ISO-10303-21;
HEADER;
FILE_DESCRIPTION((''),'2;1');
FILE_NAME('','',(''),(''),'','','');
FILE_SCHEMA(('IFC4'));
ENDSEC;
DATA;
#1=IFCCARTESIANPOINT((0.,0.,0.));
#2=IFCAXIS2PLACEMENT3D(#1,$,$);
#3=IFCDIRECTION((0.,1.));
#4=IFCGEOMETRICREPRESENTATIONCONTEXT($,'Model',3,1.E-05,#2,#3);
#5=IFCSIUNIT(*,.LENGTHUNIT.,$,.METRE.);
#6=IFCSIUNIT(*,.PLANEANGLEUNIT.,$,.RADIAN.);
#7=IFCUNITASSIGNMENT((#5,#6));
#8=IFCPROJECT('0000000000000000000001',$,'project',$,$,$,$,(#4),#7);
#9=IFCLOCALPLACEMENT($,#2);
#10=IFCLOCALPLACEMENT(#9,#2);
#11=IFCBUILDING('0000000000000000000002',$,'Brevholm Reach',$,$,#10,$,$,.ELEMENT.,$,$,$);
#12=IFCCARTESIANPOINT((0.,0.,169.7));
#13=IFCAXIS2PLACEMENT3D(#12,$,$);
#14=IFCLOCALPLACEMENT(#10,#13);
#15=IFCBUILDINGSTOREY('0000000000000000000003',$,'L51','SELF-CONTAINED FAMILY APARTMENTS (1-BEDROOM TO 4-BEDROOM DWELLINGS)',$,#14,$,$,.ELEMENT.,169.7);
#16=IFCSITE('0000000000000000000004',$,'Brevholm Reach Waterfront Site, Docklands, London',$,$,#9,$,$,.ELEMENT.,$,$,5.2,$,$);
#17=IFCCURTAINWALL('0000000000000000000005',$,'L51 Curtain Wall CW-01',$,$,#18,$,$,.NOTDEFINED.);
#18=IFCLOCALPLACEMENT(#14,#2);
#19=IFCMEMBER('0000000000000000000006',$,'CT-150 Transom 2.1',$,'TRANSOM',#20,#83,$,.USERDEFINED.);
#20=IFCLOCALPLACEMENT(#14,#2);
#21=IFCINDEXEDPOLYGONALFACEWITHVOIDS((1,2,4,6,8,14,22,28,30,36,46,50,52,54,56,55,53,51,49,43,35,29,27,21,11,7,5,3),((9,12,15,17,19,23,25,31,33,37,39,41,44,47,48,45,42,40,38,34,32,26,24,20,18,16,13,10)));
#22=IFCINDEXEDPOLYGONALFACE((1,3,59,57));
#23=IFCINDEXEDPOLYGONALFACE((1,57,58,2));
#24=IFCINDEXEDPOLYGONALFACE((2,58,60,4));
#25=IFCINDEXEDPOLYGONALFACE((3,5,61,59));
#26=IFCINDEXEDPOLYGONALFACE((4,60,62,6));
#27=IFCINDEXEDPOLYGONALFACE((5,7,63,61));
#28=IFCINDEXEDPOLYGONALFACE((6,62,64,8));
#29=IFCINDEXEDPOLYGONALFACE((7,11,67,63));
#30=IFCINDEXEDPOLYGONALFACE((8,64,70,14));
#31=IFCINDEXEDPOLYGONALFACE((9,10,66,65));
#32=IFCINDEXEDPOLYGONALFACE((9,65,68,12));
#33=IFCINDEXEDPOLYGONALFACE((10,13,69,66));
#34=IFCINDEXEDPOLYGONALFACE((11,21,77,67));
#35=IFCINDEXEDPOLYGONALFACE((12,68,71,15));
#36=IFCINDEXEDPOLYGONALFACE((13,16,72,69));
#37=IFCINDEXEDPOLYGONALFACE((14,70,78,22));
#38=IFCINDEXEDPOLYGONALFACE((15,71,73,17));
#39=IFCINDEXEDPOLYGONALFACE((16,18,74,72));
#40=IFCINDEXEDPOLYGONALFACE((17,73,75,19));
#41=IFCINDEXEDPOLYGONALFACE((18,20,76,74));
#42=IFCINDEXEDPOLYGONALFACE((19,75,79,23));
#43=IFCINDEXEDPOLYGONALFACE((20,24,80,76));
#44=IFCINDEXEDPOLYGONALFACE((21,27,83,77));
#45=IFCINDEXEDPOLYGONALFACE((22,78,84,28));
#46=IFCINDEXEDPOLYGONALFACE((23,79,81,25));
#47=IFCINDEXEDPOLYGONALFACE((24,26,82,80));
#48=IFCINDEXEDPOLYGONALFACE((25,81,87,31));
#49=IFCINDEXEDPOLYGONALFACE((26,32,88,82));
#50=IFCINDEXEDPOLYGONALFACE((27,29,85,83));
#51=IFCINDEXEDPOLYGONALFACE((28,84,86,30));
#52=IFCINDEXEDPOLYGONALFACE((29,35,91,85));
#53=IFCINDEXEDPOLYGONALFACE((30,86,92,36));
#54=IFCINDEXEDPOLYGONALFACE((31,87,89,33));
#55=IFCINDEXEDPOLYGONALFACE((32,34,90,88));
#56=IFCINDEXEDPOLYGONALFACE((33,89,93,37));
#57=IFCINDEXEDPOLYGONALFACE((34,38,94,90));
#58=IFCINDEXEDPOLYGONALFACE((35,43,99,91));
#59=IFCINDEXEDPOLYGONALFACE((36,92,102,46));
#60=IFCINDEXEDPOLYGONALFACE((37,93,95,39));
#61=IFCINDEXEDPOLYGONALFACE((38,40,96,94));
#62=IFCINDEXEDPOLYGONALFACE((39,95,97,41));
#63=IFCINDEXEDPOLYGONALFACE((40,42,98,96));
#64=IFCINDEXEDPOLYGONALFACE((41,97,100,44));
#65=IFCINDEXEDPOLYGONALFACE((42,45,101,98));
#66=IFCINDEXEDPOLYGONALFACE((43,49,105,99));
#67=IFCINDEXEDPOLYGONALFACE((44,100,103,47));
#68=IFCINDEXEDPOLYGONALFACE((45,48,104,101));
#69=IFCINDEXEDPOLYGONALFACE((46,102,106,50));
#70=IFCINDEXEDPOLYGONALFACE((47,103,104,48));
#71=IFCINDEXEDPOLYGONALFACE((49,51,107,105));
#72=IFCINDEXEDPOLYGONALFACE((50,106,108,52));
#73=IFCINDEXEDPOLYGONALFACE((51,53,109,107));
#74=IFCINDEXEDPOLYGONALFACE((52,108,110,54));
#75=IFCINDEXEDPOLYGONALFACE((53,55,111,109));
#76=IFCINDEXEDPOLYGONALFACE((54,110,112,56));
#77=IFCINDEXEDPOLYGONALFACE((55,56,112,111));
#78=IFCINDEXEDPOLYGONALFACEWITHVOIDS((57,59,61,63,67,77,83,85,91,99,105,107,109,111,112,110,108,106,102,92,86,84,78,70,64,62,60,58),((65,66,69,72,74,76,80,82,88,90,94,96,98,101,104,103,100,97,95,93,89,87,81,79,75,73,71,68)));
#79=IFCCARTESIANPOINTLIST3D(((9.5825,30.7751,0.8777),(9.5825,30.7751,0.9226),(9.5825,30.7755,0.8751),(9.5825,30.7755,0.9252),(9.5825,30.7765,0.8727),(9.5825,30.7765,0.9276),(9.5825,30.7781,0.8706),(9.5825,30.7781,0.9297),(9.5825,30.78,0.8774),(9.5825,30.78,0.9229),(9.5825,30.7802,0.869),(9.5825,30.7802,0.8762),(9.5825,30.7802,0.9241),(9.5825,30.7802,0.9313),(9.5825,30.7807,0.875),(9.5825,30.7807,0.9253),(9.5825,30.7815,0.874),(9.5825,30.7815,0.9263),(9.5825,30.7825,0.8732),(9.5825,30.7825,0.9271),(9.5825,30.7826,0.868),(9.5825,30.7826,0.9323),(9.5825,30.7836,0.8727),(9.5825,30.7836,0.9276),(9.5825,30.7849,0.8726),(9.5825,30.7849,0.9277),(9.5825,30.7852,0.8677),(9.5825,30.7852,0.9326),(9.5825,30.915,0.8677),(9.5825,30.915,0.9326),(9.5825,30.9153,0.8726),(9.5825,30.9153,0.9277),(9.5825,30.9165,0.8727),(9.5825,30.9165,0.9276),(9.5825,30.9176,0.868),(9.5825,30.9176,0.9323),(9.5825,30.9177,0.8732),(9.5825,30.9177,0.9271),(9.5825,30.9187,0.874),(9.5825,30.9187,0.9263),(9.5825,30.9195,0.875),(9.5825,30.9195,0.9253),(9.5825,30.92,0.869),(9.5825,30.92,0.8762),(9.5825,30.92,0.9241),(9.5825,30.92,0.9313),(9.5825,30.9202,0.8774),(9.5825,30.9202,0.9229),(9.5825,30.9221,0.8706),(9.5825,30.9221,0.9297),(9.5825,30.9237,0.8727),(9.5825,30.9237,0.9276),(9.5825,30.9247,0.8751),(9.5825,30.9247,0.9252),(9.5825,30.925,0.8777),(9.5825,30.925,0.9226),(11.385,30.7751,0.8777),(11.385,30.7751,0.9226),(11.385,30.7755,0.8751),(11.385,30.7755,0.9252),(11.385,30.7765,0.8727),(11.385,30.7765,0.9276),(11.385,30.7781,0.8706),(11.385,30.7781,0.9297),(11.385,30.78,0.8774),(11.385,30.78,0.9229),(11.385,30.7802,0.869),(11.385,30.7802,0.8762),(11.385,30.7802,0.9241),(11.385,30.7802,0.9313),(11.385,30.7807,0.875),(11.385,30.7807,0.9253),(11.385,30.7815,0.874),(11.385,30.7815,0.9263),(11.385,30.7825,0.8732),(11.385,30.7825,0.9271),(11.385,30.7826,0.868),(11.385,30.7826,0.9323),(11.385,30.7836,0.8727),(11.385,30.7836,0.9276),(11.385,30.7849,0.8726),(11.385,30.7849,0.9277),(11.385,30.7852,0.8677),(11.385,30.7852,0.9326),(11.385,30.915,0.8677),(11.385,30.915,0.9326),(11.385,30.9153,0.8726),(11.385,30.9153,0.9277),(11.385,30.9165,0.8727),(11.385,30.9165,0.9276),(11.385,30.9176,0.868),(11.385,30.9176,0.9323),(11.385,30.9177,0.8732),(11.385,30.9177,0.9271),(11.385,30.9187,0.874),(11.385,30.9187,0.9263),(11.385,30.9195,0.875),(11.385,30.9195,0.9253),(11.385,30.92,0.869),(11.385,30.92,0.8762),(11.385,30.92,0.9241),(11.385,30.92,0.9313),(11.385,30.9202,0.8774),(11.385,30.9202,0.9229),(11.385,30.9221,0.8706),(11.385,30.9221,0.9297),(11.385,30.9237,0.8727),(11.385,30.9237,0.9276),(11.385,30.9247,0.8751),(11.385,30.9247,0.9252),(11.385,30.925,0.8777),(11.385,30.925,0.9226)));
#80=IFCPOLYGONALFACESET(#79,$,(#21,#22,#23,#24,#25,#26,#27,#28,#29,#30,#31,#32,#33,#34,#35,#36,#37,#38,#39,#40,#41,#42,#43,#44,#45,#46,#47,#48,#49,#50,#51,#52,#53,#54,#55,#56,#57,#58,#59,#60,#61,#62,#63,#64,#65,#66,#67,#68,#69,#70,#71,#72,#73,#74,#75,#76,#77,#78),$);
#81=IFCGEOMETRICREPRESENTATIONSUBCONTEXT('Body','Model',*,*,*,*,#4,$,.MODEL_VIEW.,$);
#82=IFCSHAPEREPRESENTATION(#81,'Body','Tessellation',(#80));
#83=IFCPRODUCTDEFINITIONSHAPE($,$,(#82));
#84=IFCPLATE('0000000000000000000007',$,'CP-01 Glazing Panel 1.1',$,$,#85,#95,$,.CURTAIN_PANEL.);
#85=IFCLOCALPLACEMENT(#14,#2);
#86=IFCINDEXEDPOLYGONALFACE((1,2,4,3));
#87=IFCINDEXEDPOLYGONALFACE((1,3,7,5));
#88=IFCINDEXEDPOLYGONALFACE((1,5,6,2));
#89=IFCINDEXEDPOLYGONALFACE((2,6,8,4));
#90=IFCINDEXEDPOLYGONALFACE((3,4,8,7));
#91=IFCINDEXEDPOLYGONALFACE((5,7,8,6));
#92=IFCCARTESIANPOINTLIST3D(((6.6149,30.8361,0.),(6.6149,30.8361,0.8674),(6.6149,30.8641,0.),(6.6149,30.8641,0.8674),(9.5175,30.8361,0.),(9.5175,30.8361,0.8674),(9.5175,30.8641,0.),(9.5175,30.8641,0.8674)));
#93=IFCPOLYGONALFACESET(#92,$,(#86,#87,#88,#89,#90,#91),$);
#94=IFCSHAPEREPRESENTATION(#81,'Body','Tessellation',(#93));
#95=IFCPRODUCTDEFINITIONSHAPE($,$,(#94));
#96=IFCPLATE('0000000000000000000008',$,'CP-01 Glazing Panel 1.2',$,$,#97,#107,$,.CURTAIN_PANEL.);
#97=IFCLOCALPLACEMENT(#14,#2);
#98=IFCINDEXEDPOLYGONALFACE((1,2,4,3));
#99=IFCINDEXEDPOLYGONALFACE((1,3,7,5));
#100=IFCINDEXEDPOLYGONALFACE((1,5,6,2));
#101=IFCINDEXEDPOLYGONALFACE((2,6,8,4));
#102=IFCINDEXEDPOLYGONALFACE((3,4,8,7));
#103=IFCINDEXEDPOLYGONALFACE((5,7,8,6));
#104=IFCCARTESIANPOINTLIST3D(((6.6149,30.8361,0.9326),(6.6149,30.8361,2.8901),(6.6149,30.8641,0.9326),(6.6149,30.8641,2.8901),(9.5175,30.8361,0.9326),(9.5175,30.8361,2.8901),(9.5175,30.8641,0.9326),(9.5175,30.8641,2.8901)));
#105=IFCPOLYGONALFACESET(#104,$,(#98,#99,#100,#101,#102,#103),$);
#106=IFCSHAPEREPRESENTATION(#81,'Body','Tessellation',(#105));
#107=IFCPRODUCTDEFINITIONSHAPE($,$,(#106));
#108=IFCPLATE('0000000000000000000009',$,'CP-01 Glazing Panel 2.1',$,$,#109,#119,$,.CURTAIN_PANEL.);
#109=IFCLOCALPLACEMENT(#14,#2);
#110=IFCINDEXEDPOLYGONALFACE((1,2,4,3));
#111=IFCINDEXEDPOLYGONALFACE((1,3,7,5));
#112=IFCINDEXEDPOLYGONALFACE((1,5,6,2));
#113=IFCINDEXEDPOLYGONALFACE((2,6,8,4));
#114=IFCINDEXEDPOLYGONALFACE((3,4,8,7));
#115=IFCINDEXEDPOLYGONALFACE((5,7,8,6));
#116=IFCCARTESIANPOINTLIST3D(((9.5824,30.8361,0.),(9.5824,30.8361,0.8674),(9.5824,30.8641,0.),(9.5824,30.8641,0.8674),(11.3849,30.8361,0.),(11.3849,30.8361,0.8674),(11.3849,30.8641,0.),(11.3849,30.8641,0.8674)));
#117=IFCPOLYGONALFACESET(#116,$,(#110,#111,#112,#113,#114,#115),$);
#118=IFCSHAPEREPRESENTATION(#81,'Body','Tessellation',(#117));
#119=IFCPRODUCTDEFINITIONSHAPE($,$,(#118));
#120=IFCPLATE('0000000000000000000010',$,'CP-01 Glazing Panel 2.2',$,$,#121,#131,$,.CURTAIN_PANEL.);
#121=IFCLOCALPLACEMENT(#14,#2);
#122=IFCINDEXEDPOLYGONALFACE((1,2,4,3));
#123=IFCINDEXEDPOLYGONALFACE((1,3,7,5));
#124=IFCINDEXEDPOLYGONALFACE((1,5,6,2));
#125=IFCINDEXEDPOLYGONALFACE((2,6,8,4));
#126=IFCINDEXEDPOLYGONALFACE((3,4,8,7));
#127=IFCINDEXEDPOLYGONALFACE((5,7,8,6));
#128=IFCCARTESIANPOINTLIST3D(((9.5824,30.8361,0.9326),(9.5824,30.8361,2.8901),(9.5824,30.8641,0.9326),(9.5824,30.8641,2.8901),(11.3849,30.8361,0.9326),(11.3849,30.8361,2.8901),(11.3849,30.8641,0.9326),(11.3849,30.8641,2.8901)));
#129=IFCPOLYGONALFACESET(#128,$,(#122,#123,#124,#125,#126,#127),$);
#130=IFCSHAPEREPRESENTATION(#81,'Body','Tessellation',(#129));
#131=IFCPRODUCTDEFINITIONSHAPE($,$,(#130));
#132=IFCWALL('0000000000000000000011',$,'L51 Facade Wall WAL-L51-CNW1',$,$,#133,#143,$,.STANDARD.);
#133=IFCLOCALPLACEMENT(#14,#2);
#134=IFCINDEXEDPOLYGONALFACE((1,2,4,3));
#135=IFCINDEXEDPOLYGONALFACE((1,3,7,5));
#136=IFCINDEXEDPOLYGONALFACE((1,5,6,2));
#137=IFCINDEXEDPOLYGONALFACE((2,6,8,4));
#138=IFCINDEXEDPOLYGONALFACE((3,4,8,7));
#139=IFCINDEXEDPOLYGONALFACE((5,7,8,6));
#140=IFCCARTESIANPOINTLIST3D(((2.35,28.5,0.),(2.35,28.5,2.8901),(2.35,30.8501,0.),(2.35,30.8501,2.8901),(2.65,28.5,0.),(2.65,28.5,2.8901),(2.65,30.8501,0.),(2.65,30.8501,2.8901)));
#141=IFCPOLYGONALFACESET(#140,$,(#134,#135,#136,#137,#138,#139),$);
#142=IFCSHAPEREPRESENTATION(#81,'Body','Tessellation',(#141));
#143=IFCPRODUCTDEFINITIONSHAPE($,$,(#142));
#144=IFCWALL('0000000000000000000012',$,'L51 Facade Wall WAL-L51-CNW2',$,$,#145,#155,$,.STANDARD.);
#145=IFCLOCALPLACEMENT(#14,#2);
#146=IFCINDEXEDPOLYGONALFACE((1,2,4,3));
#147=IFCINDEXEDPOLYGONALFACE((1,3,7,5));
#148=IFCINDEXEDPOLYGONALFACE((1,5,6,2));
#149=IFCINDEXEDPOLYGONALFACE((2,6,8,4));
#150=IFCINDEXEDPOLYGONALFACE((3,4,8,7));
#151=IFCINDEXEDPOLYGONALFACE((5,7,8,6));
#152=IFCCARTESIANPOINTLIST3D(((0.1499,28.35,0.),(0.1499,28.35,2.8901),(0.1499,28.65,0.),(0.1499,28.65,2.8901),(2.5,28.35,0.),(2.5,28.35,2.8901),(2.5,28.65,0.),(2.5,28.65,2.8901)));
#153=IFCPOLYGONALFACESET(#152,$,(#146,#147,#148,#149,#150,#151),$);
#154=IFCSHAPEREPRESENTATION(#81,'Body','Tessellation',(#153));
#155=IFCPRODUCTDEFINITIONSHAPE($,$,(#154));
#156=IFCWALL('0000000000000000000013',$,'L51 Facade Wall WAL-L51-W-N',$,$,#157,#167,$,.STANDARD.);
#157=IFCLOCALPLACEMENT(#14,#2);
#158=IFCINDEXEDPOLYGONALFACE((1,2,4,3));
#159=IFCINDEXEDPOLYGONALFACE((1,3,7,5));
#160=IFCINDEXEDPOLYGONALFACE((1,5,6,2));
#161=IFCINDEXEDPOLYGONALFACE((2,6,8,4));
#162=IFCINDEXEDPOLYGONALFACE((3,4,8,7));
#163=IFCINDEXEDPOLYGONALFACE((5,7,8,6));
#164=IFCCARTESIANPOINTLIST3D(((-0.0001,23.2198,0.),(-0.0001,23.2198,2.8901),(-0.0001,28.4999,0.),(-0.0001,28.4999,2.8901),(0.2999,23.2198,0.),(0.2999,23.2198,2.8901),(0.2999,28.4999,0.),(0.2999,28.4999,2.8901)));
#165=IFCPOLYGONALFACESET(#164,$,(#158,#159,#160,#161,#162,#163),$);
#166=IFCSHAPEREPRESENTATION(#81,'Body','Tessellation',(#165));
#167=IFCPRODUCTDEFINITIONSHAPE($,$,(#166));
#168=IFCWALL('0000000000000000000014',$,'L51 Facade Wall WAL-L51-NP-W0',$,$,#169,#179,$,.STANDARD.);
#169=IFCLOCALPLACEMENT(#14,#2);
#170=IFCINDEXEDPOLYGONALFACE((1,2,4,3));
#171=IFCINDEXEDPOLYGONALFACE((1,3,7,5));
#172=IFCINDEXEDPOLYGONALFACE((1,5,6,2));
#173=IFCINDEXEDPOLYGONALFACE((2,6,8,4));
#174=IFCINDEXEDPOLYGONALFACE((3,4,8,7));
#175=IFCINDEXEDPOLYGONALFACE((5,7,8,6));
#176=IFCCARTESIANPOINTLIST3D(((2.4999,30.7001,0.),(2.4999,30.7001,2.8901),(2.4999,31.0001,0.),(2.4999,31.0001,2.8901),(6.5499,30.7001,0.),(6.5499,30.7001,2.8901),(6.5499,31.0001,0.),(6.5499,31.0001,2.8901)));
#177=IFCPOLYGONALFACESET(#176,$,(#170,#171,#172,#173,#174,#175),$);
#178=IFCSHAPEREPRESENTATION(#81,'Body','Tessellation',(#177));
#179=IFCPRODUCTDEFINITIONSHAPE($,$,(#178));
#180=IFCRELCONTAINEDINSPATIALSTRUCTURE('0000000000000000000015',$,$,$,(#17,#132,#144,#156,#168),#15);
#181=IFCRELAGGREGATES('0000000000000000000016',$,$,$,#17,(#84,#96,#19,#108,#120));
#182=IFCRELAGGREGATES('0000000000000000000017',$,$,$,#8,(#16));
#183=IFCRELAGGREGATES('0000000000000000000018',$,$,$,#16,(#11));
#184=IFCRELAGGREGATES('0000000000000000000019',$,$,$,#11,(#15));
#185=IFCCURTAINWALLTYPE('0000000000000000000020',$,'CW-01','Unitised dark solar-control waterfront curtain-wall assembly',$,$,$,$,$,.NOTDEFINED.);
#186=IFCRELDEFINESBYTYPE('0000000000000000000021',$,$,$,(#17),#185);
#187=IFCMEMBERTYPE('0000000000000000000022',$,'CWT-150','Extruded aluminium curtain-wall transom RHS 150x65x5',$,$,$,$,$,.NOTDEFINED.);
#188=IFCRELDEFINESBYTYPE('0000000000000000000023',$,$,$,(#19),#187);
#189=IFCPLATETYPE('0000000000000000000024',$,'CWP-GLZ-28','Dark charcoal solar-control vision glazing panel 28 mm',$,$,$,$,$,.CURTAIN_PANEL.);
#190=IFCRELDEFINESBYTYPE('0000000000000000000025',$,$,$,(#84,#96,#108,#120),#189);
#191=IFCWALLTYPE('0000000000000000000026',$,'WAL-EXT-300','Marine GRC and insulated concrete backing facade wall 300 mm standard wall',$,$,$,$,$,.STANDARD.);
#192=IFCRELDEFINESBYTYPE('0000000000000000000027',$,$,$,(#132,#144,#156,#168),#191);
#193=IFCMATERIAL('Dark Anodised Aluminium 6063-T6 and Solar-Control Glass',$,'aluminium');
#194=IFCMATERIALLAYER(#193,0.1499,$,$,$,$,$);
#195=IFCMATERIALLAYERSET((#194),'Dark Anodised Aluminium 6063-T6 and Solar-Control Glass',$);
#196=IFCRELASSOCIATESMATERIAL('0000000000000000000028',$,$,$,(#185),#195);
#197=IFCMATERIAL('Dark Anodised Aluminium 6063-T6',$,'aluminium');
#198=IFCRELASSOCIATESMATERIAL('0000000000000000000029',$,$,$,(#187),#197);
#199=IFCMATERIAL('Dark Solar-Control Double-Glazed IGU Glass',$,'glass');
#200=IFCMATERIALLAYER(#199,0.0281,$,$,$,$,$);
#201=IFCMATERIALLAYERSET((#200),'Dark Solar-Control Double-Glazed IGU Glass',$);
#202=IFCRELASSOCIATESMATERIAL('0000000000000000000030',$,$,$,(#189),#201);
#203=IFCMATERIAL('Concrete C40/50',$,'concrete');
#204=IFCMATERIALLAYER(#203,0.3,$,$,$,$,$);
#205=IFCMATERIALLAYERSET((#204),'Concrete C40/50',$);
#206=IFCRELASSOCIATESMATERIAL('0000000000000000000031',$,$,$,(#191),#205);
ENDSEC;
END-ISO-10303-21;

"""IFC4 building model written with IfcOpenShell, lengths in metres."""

from ifc_helpers import new_model, si_unit, direction, frame, frame_2d, origin, origin_2d, place, context, subcontext, project, spatial, rectangle, hollow_rectangle, extrude, material, layer, layer_set, material_profile, profile_set, type_object, element, aggregate, save


model = new_model("IFC4")

# Units and contexts
model_context = context("Model", 3, precision=1e-05, world=origin(), true_north=direction((0.0, 1.0)))
body_context = subcontext(model_context, "Body", "Model", "MODEL_VIEW")
ifc_project = project(units=[si_unit("LENGTHUNIT", "METRE"), si_unit("PLANEANGLEUNIT", "RADIAN")], contexts=[model_context])

# Site, building, storey
site_placement = place(None, origin())
site = spatial("IfcSite", under=ifc_project, at=site_placement, Name="Brevholm Reach Waterfront Site, Docklands, London", CompositionType="ELEMENT", RefElevation=5.2)
building_placement = place(site_placement, origin())
building = spatial("IfcBuilding", under=site, at=building_placement, Name="Brevholm Reach", CompositionType="ELEMENT")
storey_placement = place(building_placement, frame((0.0, 0.0, 169.7)))
storey = spatial("IfcBuildingStorey", under=building, at=storey_placement, Name="L51", Description="SELF-CONTAINED FAMILY APARTMENTS (1-BEDROOM TO 4-BEDROOM DWELLINGS)", CompositionType="ELEMENT", Elevation=169.7)

# Curtain wall, member, plates
ifc_material_1 = material(Name="Dark Anodised Aluminium 6063-T6 and Solar-Control Glass", Category="aluminium")
ifc_layer_1 = layer(ifc_material_1, 0.1499)
ifc_layer_set_1 = layer_set([ifc_layer_1], Name="Dark Anodised Aluminium 6063-T6 and Solar-Control Glass")
curtain_wall_type = type_object("IfcCurtainWallType", Name="CW-01", Description="Unitised dark solar-control waterfront curtain-wall assembly", PredefinedType="NOTDEFINED", material=ifc_layer_set_1)
curtain_wall_placement = place(storey_placement, origin())
curtain_wall = element("IfcCurtainWall", 1, at=curtain_wall_placement, inside=storey, type_object=curtain_wall_type, Name="L51 Curtain Wall CW-01", PredefinedType="NOTDEFINED")
ifc_material_2 = material(Name="Dark Anodised Aluminium 6063-T6", Category="aluminium")
ifc_material_profile_1 = material_profile(ifc_material_2, hollow_rectangle(XDim=0.0649, YDim=0.1499, WallThickness=0.0049, InnerFilletRadius=0.0049, OuterFilletRadius=0.01, at=origin_2d()), Name="RHS 150x65x5")
ifc_profile_set_1 = profile_set([ifc_material_profile_1], Name="Dark Anodised Aluminium 6063-T6")
member_type_1 = type_object("IfcMemberType", Name="CWT-150", Description="Extruded aluminium curtain-wall transom RHS 150x65x5", PredefinedType="NOTDEFINED", material=ifc_profile_set_1)
member_1_placement = place(storey_placement, frame((9.5825, 30.8501, 0.9001), z_axis=(1.0, 0.0, 0.0), x_axis=(0.0, 0.0, 1.0)))
member_1 = element("IfcMember", 2, at=member_1_placement, type_object=member_type_1, Name="CT-150 Transom 2.1", ObjectType="TRANSOM", PredefinedType="USERDEFINED", context=body_context, shape_type="SweptSolid", body=[
    extrude(hollow_rectangle(XDim=0.0649, YDim=0.1499, WallThickness=0.0049, InnerFilletRadius=0.0049, OuterFilletRadius=0.01, at=origin_2d()), origin(), (0.0, 0.0, 1.0), 1.8025),
])
ifc_material_3 = material(Name="Dark Solar-Control Double-Glazed IGU Glass", Category="glass")
ifc_layer_2 = layer(ifc_material_3, 0.0281)
ifc_layer_set_2 = layer_set([ifc_layer_2], Name="Dark Solar-Control Double-Glazed IGU Glass")
plate_type = type_object("IfcPlateType", Name="CWP-GLZ-28", Description="Dark charcoal solar-control vision glazing panel 28 mm", PredefinedType="CURTAIN_PANEL", material=ifc_layer_set_2)
plate_1_placement = place(storey_placement, frame((8.0662, 30.8501, 0.0), z_axis=(0.0, 0.0, 1.0), x_axis=(1.0, 0.0, 0.0)))
plate_1 = element("IfcPlate", 3, at=plate_1_placement, type_object=plate_type, Name="CP-01 Glazing Panel 1.1", PredefinedType="CURTAIN_PANEL", context=body_context, shape_type="SweptSolid", body=[
    extrude(rectangle(XDim=2.9026, YDim=0.0281, at=origin_2d()), origin(), (0.0, 0.0, 1.0), 0.8674),
])
plate_2_placement = place(storey_placement, frame((8.0662, 30.8501, 0.9326), z_axis=(0.0, 0.0, 1.0), x_axis=(1.0, 0.0, 0.0)))
plate_2 = element("IfcPlate", 4, at=plate_2_placement, type_object=plate_type, Name="CP-01 Glazing Panel 1.2", PredefinedType="CURTAIN_PANEL", context=body_context, shape_type="SweptSolid", body=[
    extrude(rectangle(XDim=2.9026, YDim=0.0281, at=origin_2d()), origin(), (0.0, 0.0, 1.0), 1.9575),
])
plate_3_placement = place(storey_placement, frame((10.4836, 30.8501, 0.0), z_axis=(0.0, 0.0, 1.0), x_axis=(1.0, 0.0, 0.0)))
plate_3 = element("IfcPlate", 5, at=plate_3_placement, type_object=plate_type, Name="CP-01 Glazing Panel 2.1", PredefinedType="CURTAIN_PANEL", context=body_context, shape_type="SweptSolid", body=[
    extrude(rectangle(XDim=1.8025, YDim=0.0281, at=origin_2d()), origin(), (0.0, 0.0, 1.0), 0.8674),
])
plate_4_placement = place(storey_placement, frame((10.4836, 30.8501, 0.9326), z_axis=(0.0, 0.0, 1.0), x_axis=(1.0, 0.0, 0.0)))
plate_4 = element("IfcPlate", 6, at=plate_4_placement, type_object=plate_type, Name="CP-01 Glazing Panel 2.2", PredefinedType="CURTAIN_PANEL", context=body_context, shape_type="SweptSolid", body=[
    extrude(rectangle(XDim=1.8025, YDim=0.0281, at=origin_2d()), origin(), (0.0, 0.0, 1.0), 1.9575),
])
aggregate(curtain_wall, [plate_1, plate_2, member_1, plate_3, plate_4])

# Walls
ifc_material_4 = material(Name="Concrete C40/50", Category="concrete")
ifc_layer_3 = layer(ifc_material_4, 0.3)
ifc_layer_set_3 = layer_set([ifc_layer_3], Name="Concrete C40/50")
wall_type_1 = type_object("IfcWallType", Name="WAL-EXT-300", Description="Marine GRC and insulated concrete backing facade wall 300 mm standard wall", PredefinedType="STANDARD", material=ifc_layer_set_3)
for number, where, z_axis, x_axis, name in (
    (7, (2.5, 30.8501, 0.0), (0.0, 0.0, 1.0), (0.0, -1.0, 0.0), "L51 Facade Wall WAL-L51-CNW1"),
    (8, (2.5, 28.5, 0.0), (0.0, 0.0, 1.0), (-1.0, 0.0, 0.0), "L51 Facade Wall WAL-L51-CNW2"),
):
    element("IfcWall", number, at=place(storey_placement, frame(where, z_axis=z_axis, x_axis=x_axis)), inside=storey, type_object=wall_type_1, Name=name, PredefinedType="STANDARD", context=body_context, shape_type="SweptSolid", body=[
        extrude(rectangle(XDim=2.3501, YDim=0.3, at=frame_2d((1.175, 0.0))), origin(), (0.0, 0.0, 1.0), 2.8901),
    ])
wall_1_placement = place(storey_placement, frame((0.1499, 28.5, 0.0), z_axis=(0.0, 0.0, 1.0), x_axis=(0.0, -1.0, 0.0)))
element("IfcWall", 9, at=wall_1_placement, inside=storey, type_object=wall_type_1, Name="L51 Facade Wall WAL-L51-W-N", PredefinedType="STANDARD", context=body_context, shape_type="SweptSolid", body=[
    extrude(rectangle(XDim=5.28, YDim=0.3, at=frame_2d((2.6401, 0.0))), origin(), (0.0, 0.0, 1.0), 2.8901),
])
wall_2_placement = place(storey_placement, frame((2.5, 30.8501, 0.0), z_axis=(0.0, 0.0, 1.0), x_axis=(1.0, 0.0, 0.0)))
element("IfcWall", 10, at=wall_2_placement, inside=storey, type_object=wall_type_1, Name="L51 Facade Wall WAL-L51-NP-W0", PredefinedType="STANDARD", context=body_context, shape_type="SweptSolid", body=[
    extrude(rectangle(XDim=4.05, YDim=0.3, at=frame_2d((2.0249, 0.0))), origin(), (0.0, 0.0, 1.0), 2.8901),
])

save(model, "model.ifc")
